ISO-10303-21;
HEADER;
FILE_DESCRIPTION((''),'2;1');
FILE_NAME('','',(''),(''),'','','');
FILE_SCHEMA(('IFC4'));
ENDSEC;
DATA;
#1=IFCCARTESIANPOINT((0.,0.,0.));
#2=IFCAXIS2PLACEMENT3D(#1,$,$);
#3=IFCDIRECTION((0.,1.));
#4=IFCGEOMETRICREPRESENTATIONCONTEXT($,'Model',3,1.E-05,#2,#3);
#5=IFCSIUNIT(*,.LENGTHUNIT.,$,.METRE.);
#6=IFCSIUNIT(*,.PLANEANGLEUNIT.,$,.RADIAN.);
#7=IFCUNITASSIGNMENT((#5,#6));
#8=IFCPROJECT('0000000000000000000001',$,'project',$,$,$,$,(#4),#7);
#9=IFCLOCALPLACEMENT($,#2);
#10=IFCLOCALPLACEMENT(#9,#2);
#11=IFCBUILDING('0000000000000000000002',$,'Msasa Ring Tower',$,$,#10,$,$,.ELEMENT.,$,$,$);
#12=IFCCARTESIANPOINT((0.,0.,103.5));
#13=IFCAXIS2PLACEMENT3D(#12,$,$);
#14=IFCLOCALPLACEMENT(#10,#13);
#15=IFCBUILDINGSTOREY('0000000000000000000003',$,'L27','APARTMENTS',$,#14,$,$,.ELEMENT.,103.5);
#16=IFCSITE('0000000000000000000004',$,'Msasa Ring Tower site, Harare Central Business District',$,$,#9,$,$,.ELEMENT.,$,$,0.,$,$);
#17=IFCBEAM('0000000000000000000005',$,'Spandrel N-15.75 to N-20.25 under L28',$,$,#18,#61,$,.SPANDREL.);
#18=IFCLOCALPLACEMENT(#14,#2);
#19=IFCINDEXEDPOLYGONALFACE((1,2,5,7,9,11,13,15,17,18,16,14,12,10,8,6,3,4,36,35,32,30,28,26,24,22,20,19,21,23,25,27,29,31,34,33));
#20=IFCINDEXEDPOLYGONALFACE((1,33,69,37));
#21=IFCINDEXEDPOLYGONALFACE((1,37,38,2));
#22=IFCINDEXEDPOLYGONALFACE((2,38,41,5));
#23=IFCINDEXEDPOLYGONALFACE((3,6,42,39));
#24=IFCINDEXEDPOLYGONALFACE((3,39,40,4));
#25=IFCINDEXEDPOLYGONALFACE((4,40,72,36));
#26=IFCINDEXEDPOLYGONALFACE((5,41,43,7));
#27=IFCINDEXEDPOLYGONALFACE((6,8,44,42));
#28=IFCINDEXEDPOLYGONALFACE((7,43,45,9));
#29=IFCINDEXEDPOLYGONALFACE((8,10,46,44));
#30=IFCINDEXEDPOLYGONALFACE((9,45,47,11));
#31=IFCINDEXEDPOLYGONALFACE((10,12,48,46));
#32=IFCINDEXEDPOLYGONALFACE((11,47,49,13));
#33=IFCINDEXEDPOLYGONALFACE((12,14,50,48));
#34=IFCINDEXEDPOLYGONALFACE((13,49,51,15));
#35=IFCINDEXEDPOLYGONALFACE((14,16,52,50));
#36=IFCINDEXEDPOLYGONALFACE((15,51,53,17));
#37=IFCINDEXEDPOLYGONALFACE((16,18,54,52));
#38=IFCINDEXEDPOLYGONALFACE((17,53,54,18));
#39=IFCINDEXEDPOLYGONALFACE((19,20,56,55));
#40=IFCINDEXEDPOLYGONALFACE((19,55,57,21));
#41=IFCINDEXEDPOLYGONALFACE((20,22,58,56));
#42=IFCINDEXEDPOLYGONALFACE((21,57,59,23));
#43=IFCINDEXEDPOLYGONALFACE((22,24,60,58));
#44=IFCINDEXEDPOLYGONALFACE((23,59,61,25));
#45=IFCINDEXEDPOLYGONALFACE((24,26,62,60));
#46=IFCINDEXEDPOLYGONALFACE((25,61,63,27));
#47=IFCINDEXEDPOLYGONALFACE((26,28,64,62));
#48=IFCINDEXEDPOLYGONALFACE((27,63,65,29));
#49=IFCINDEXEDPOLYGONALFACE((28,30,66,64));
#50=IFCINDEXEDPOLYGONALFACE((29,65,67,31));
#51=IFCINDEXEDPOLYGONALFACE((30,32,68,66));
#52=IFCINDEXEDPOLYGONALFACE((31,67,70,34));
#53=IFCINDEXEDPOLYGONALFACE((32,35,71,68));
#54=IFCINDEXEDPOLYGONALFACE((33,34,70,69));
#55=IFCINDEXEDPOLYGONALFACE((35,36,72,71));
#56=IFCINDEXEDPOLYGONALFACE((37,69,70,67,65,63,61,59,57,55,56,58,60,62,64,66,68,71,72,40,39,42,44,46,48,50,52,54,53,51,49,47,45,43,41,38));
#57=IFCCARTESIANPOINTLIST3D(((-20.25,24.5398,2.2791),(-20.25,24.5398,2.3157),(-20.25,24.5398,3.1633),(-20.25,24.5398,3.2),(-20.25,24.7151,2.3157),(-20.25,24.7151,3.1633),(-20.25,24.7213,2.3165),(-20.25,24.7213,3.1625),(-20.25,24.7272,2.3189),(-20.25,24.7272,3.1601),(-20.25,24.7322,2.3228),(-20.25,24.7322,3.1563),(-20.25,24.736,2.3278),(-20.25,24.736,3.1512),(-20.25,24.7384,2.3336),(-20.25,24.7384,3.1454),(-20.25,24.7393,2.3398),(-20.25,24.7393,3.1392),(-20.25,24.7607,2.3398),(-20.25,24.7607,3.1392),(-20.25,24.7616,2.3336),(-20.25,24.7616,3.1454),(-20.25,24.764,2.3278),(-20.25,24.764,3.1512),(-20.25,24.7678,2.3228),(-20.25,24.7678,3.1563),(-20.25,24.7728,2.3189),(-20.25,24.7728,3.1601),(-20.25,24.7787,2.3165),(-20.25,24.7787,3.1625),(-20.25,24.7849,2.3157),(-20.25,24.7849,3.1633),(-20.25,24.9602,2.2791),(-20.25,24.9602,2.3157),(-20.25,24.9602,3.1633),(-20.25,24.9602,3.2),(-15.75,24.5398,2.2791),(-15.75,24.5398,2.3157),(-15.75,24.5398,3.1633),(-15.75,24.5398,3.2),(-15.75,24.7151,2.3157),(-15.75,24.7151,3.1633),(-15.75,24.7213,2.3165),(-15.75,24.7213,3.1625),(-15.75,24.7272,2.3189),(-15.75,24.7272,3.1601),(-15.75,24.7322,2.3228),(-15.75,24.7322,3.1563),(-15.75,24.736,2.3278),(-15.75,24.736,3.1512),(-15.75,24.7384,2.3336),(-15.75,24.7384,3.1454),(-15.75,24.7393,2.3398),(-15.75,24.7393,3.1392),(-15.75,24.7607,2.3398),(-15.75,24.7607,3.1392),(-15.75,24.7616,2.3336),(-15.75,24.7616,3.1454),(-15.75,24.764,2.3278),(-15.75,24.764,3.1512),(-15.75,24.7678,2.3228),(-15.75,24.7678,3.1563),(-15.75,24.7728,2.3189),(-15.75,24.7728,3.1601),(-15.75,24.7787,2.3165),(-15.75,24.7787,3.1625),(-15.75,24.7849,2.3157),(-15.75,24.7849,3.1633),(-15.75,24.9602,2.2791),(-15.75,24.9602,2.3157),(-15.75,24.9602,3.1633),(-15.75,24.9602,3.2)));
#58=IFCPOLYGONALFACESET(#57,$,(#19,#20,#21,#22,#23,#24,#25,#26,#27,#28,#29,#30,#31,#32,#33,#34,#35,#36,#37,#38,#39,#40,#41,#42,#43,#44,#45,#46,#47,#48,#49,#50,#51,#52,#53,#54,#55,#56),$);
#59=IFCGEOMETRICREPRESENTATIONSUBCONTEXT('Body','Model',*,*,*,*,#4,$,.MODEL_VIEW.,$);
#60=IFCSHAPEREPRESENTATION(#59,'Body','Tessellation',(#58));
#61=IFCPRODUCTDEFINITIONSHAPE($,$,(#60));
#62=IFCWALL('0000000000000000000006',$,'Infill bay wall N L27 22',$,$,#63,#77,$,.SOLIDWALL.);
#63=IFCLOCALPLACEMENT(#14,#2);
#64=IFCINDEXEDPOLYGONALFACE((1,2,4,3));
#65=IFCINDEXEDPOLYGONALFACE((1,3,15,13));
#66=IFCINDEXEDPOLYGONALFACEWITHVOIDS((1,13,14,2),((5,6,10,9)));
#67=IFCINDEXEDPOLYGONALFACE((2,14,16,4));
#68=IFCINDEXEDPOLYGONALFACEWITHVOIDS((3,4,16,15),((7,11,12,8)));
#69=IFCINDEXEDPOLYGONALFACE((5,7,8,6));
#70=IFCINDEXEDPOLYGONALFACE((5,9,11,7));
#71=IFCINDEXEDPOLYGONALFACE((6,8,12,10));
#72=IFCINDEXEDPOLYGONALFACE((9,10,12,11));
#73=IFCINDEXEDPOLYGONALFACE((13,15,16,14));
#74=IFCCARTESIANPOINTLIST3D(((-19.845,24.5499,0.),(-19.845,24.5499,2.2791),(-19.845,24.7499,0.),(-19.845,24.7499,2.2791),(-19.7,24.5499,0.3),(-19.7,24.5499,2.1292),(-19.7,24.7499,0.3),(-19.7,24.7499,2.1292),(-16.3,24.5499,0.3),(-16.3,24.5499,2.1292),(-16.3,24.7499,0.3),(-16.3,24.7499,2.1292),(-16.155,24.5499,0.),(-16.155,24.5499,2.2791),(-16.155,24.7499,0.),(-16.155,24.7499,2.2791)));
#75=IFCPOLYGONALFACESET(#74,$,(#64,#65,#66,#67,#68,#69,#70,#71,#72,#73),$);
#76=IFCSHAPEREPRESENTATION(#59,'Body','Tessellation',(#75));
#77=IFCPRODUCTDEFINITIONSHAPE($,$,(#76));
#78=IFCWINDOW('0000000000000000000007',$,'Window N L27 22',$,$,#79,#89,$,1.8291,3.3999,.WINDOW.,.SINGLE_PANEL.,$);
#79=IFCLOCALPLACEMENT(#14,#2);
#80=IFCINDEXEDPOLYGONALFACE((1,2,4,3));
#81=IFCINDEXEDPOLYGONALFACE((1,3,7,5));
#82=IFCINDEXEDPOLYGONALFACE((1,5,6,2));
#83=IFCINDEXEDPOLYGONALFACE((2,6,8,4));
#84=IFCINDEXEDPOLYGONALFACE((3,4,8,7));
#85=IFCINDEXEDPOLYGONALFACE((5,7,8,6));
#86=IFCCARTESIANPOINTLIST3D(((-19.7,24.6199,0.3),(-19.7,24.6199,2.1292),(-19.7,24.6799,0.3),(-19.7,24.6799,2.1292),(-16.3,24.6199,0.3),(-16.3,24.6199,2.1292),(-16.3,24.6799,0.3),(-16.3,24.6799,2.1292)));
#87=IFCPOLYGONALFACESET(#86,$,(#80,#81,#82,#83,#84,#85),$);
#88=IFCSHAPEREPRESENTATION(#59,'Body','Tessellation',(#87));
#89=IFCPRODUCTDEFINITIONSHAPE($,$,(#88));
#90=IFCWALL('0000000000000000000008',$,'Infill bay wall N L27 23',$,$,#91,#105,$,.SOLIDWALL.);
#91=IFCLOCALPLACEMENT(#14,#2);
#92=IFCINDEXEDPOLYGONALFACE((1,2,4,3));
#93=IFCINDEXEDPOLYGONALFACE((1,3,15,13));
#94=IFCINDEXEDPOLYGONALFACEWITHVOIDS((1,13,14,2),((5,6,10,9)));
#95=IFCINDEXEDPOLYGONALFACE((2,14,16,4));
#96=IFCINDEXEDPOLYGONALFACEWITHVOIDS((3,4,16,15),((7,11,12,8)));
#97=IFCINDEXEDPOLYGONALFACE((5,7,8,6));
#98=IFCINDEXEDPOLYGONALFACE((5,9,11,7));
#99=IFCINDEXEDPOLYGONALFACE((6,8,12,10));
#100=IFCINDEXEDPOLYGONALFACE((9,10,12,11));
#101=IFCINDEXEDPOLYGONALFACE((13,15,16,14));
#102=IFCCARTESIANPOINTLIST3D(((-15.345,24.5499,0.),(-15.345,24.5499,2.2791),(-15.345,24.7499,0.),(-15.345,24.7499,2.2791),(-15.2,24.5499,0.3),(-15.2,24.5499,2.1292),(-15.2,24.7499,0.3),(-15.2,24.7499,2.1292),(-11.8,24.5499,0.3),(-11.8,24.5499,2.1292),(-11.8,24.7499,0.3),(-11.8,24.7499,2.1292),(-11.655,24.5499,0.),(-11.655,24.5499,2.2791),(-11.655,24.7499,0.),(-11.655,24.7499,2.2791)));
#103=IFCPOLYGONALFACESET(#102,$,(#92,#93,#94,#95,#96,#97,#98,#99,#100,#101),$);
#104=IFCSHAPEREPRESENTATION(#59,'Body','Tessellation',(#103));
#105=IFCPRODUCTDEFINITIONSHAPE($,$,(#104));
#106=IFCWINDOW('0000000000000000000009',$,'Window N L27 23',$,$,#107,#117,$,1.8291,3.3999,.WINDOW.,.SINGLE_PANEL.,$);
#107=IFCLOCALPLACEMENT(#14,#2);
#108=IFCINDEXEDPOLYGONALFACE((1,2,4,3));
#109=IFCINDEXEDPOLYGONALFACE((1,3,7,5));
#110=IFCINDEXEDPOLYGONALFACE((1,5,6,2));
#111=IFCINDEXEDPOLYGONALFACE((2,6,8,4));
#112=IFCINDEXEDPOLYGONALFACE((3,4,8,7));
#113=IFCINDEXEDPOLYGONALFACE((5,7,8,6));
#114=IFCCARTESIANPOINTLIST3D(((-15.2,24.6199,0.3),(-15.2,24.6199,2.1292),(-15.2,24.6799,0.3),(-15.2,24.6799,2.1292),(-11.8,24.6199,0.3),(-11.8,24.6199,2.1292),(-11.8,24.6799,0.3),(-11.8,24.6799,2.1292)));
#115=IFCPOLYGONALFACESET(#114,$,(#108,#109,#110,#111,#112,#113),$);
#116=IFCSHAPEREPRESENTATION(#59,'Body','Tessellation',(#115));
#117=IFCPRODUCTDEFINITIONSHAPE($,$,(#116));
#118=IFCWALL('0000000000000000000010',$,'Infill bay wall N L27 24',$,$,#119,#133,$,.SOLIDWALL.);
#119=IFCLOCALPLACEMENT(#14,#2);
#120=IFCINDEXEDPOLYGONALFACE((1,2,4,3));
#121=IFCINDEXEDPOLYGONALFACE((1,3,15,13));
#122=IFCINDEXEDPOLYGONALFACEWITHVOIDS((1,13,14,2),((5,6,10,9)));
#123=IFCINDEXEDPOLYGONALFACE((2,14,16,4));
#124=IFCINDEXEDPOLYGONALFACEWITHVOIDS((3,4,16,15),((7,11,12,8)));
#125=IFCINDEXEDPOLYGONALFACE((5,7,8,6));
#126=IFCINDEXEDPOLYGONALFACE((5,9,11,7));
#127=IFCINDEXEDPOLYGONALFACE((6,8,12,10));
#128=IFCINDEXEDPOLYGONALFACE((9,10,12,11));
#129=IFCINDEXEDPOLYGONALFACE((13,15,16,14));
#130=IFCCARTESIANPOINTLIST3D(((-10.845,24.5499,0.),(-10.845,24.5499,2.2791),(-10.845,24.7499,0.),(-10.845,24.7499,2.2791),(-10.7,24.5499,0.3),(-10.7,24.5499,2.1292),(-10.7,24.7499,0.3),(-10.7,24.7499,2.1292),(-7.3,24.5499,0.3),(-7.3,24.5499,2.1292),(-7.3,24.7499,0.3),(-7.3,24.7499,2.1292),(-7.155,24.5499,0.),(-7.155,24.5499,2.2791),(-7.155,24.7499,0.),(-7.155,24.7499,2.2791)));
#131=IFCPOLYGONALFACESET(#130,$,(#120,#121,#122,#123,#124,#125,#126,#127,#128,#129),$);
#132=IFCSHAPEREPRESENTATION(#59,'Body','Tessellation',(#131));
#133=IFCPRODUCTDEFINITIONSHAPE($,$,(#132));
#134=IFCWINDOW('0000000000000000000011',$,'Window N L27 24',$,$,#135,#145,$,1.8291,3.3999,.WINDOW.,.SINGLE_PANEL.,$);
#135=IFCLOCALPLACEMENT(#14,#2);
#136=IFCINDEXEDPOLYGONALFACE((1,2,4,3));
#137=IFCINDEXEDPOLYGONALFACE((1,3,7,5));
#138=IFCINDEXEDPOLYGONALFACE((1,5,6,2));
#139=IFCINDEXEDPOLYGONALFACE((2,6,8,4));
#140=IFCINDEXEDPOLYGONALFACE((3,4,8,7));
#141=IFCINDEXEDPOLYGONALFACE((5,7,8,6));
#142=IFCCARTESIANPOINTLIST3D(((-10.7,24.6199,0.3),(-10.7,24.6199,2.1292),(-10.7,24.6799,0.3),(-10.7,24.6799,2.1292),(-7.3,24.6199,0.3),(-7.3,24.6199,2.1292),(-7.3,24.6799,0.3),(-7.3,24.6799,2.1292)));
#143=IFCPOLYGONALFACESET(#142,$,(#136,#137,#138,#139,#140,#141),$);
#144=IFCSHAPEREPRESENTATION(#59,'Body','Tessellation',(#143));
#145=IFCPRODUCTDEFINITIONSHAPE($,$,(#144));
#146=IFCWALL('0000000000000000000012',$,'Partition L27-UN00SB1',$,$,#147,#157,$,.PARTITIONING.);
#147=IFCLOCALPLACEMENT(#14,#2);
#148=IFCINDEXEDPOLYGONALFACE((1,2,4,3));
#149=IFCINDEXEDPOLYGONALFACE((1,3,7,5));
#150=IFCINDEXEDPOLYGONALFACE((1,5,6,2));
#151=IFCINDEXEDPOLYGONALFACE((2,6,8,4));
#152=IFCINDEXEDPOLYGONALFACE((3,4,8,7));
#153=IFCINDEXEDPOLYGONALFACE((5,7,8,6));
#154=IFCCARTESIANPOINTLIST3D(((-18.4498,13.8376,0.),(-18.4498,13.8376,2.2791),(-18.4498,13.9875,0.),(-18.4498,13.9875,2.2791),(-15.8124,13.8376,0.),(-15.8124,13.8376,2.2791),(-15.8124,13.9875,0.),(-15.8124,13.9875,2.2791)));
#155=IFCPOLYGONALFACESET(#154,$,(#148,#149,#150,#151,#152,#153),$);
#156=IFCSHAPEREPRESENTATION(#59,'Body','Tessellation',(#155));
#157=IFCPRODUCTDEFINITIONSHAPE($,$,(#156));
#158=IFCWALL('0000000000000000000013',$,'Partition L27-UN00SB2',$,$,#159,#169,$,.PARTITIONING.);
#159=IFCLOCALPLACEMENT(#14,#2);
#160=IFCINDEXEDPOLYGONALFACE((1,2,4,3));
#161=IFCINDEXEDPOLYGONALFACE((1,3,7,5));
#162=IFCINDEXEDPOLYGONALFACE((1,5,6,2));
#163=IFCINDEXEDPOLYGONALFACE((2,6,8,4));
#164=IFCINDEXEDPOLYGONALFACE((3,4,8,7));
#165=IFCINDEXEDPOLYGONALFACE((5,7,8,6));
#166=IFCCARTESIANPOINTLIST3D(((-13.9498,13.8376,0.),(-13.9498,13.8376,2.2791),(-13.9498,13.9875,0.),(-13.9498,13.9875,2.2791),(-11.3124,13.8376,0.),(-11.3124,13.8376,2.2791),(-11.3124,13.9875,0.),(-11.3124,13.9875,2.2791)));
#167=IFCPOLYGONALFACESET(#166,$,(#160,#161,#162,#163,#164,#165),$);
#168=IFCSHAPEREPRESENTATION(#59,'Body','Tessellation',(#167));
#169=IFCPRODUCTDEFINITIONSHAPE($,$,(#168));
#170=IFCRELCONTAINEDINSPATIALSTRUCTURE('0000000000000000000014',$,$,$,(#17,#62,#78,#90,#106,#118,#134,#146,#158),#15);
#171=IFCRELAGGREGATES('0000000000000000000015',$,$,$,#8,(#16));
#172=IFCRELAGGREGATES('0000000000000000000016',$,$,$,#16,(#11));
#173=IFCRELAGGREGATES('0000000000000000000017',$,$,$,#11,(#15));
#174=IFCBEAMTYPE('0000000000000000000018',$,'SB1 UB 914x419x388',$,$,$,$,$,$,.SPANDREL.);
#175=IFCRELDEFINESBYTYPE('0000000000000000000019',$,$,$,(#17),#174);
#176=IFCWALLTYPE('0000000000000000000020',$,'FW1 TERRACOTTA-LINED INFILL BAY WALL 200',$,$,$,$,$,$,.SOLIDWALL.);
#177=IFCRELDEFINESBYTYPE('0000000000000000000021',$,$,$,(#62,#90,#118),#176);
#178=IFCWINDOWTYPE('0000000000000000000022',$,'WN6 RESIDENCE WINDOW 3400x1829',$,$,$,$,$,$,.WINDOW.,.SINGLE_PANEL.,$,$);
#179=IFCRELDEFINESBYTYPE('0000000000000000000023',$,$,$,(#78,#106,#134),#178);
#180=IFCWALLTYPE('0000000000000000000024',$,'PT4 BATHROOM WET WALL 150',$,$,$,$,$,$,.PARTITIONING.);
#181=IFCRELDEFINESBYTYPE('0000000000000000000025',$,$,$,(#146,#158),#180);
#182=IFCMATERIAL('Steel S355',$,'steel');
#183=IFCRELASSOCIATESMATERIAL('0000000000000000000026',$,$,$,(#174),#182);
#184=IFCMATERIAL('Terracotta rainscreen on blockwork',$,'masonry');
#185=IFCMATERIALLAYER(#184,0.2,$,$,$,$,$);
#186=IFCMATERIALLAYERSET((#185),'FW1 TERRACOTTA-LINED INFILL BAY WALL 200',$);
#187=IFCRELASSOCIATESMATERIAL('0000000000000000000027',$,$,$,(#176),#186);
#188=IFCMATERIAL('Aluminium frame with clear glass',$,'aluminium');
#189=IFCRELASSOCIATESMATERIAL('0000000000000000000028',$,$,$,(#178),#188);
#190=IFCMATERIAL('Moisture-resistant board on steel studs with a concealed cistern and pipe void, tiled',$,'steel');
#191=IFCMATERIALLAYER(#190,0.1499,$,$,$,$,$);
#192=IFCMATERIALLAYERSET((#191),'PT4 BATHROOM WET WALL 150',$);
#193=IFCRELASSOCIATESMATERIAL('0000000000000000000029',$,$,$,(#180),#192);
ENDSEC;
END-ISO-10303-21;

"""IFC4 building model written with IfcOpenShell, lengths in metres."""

from ifc_helpers import new_model, si_unit, direction, frame, frame_2d, origin, origin_2d, place, context, subcontext, project, spatial, rectangle, i_section, extrude, material, layer, layer_set, material_profile, profile_set, type_object, element, fill, save


model = new_model("IFC4")

# Units and contexts
model_context = context("Model", 3, precision=1e-05, world=origin(), true_north=direction((0.0, 1.0)))
body_context = subcontext(model_context, "Body", "Model", "MODEL_VIEW")
ifc_project = project(units=[si_unit("LENGTHUNIT", "METRE"), si_unit("PLANEANGLEUNIT", "RADIAN")], contexts=[model_context])

# Site, building, storey
site_placement = place(None, origin())
site = spatial("IfcSite", under=ifc_project, at=site_placement, Name="Msasa Ring Tower site, Harare Central Business District", CompositionType="ELEMENT", RefElevation=0.0)
building_placement = place(site_placement, origin())
building = spatial("IfcBuilding", under=site, at=building_placement, Name="Msasa Ring Tower", CompositionType="ELEMENT")
storey_placement = place(building_placement, frame((0.0, 0.0, 103.5)))
storey = spatial("IfcBuildingStorey", under=building, at=storey_placement, Name="L27", Description="APARTMENTS", CompositionType="ELEMENT", Elevation=103.5)

# Beam
ifc_material_1 = material(Name="Steel S355", Category="steel")
ifc_material_profile_1 = material_profile(ifc_material_1, i_section(OverallWidth=0.4204, OverallDepth=0.9209, WebThickness=0.0215, FlangeThickness=0.0366, FilletRadius=0.0242, at=origin_2d()), Name="UB 914x419x388")
ifc_profile_set_1 = profile_set([ifc_material_profile_1], Name="Steel S355")
beam_type_1 = type_object("IfcBeamType", Name="SB1 UB 914x419x388", PredefinedType="SPANDREL", material=ifc_profile_set_1)
for number, where, z_axis, x_axis, name in (
    (1, (-15.75, 24.75, 2.7395), (-1.0, 0.0, 0.0), (0.0, -1.0, 0.0), "Spandrel N-15.75 to N-20.25 under L28"),
):
    element("IfcBeam", number, at=place(storey_placement, frame(where, z_axis=z_axis, x_axis=x_axis)), inside=storey, type_object=beam_type_1, Name=name, PredefinedType="SPANDREL", context=body_context, shape_type="SweptSolid", body=[
        extrude(i_section(OverallWidth=0.4204, OverallDepth=0.9209, WebThickness=0.0215, FlangeThickness=0.0366, FilletRadius=0.0242, at=origin_2d()), origin(), (0.0, 0.0, 1.0), 4.5),
    ])

# Walls, openings, windows
ifc_material_2 = material(Name="Terracotta rainscreen on blockwork", Category="masonry")
ifc_layer_1 = layer(ifc_material_2, 0.2)
ifc_layer_set_1 = layer_set([ifc_layer_1], Name="FW1 TERRACOTTA-LINED INFILL BAY WALL 200")
wall_type_1 = type_object("IfcWallType", Name="FW1 TERRACOTTA-LINED INFILL BAY WALL 200", PredefinedType="SOLIDWALL", material=ifc_layer_set_1)
wall_1_placement = place(storey_placement, frame((-19.845, 24.6499, 0.0), z_axis=(0.0, 0.0, 1.0), x_axis=(1.0, 0.0, 0.0)))
wall_1 = element("IfcWall", 2, at=wall_1_placement, inside=storey, type_object=wall_type_1, Name="Infill bay wall N L27 22", PredefinedType="SOLIDWALL", context=body_context, shape_type="SweptSolid", body=[
    extrude(rectangle(XDim=3.6899, YDim=0.2, at=frame_2d((1.845, 0.0))), origin(), (0.0, 0.0, 1.0), 2.2791),
])
opening_1_placement = place(wall_1_placement, frame((0.145, 0.0, 0.3)))
opening_1 = element("IfcOpeningElement", 3, at=opening_1_placement, cuts=wall_1, PredefinedType="OPENING", context=body_context, shape_type="SweptSolid", body=[
    extrude(rectangle(XDim=3.3999, YDim=1.8291, at=frame_2d((1.7, 0.9146))), frame((0.0, 0.1099, 0.0), z_axis=(0.0, -1.0, 0.0), x_axis=(1.0, 0.0, 0.0)), (0.0, 0.0, 1.0), 0.22),
])
ifc_material_3 = material(Name="Aluminium frame with clear glass", Category="aluminium")
window_type = type_object("IfcWindowType", Name="WN6 RESIDENCE WINDOW 3400x1829", PartitioningType="SINGLE_PANEL", PredefinedType="WINDOW", material=ifc_material_3)
window_1_placement = place(opening_1_placement, origin())
window_1 = element("IfcWindow", 4, at=window_1_placement, inside=storey, type_object=window_type, Name="Window N L27 22", OverallHeight=1.8291, OverallWidth=3.3999, PartitioningType="SINGLE_PANEL", PredefinedType="WINDOW", context=body_context, shape_type="SweptSolid", body=[
    extrude(rectangle(XDim=3.3999, YDim=1.8291, at=frame_2d((1.7, 0.9146))), frame((0.0, 0.03, 0.0), z_axis=(0.0, -1.0, 0.0), x_axis=(1.0, 0.0, 0.0)), (0.0, 0.0, 1.0), 0.0601),
])
fill(opening_1, window_1)
wall_2_placement = place(storey_placement, frame((-15.345, 24.6499, 0.0), z_axis=(0.0, 0.0, 1.0), x_axis=(1.0, 0.0, 0.0)))
wall_2 = element("IfcWall", 5, at=wall_2_placement, inside=storey, type_object=wall_type_1, Name="Infill bay wall N L27 23", PredefinedType="SOLIDWALL", context=body_context, shape_type="SweptSolid", body=[
    extrude(rectangle(XDim=3.6899, YDim=0.2, at=frame_2d((1.845, 0.0))), origin(), (0.0, 0.0, 1.0), 2.2791),
])
opening_2_placement = place(wall_2_placement, frame((0.145, 0.0, 0.3)))
opening_2 = element("IfcOpeningElement", 6, at=opening_2_placement, cuts=wall_2, PredefinedType="OPENING", context=body_context, shape_type="SweptSolid", body=[
    extrude(rectangle(XDim=3.3999, YDim=1.8291, at=frame_2d((1.7, 0.9146))), frame((0.0, 0.1099, 0.0), z_axis=(0.0, -1.0, 0.0), x_axis=(1.0, 0.0, 0.0)), (0.0, 0.0, 1.0), 0.22),
])
window_2_placement = place(opening_2_placement, origin())
window_2 = element("IfcWindow", 7, at=window_2_placement, inside=storey, type_object=window_type, Name="Window N L27 23", OverallHeight=1.8291, OverallWidth=3.3999, PartitioningType="SINGLE_PANEL", PredefinedType="WINDOW", context=body_context, shape_type="SweptSolid", body=[
    extrude(rectangle(XDim=3.3999, YDim=1.8291, at=frame_2d((1.7, 0.9146))), frame((0.0, 0.03, 0.0), z_axis=(0.0, -1.0, 0.0), x_axis=(1.0, 0.0, 0.0)), (0.0, 0.0, 1.0), 0.0601),
])
fill(opening_2, window_2)
wall_3_placement = place(storey_placement, frame((-10.845, 24.6499, 0.0), z_axis=(0.0, 0.0, 1.0), x_axis=(1.0, 0.0, 0.0)))
wall_3 = element("IfcWall", 8, at=wall_3_placement, inside=storey, type_object=wall_type_1, Name="Infill bay wall N L27 24", PredefinedType="SOLIDWALL", context=body_context, shape_type="SweptSolid", body=[
    extrude(rectangle(XDim=3.6899, YDim=0.2, at=frame_2d((1.845, 0.0))), origin(), (0.0, 0.0, 1.0), 2.2791),
])
opening_3_placement = place(wall_3_placement, frame((0.145, 0.0, 0.3)))
opening_3 = element("IfcOpeningElement", 9, at=opening_3_placement, cuts=wall_3, PredefinedType="OPENING", context=body_context, shape_type="SweptSolid", body=[
    extrude(rectangle(XDim=3.3999, YDim=1.8291, at=frame_2d((1.7, 0.9146))), frame((0.0, 0.1099, 0.0), z_axis=(0.0, -1.0, 0.0), x_axis=(1.0, 0.0, 0.0)), (0.0, 0.0, 1.0), 0.22),
])
window_3_placement = place(opening_3_placement, origin())
window_3 = element("IfcWindow", 10, at=window_3_placement, inside=storey, type_object=window_type, Name="Window N L27 24", OverallHeight=1.8291, OverallWidth=3.3999, PartitioningType="SINGLE_PANEL", PredefinedType="WINDOW", context=body_context, shape_type="SweptSolid", body=[
    extrude(rectangle(XDim=3.3999, YDim=1.8291, at=frame_2d((1.7, 0.9146))), frame((0.0, 0.03, 0.0), z_axis=(0.0, -1.0, 0.0), x_axis=(1.0, 0.0, 0.0)), (0.0, 0.0, 1.0), 0.0601),
])
fill(opening_3, window_3)

# Walls
ifc_material_4 = material(Name="Moisture-resistant board on steel studs with a concealed cistern and pipe void, tiled", Category="steel")
ifc_layer_2 = layer(ifc_material_4, 0.1499)
ifc_layer_set_2 = layer_set([ifc_layer_2], Name="PT4 BATHROOM WET WALL 150")
wall_type_2 = type_object("IfcWallType", Name="PT4 BATHROOM WET WALL 150", PredefinedType="PARTITIONING", material=ifc_layer_set_2)
for number, where, z_axis, x_axis, name in (
    (11, (-18.45, 13.9126, 0.0), (0.0, 0.0, 1.0), (1.0, 0.0, 0.0), "Partition L27-UN00SB1"),
    (12, (-13.95, 13.9126, 0.0), (0.0, 0.0, 1.0), (1.0, 0.0, 0.0), "Partition L27-UN00SB2"),
):
    element("IfcWall", number, at=place(storey_placement, frame(where, z_axis=z_axis, x_axis=x_axis)), inside=storey, type_object=wall_type_2, Name=name, PredefinedType="PARTITIONING", context=body_context, shape_type="SweptSolid", body=[
        extrude(rectangle(XDim=2.6375, YDim=0.1499, at=frame_2d((1.3188, 0.0))), origin(), (0.0, 0.0, 1.0), 2.2791),
    ])

save(model, "model.ifc")
